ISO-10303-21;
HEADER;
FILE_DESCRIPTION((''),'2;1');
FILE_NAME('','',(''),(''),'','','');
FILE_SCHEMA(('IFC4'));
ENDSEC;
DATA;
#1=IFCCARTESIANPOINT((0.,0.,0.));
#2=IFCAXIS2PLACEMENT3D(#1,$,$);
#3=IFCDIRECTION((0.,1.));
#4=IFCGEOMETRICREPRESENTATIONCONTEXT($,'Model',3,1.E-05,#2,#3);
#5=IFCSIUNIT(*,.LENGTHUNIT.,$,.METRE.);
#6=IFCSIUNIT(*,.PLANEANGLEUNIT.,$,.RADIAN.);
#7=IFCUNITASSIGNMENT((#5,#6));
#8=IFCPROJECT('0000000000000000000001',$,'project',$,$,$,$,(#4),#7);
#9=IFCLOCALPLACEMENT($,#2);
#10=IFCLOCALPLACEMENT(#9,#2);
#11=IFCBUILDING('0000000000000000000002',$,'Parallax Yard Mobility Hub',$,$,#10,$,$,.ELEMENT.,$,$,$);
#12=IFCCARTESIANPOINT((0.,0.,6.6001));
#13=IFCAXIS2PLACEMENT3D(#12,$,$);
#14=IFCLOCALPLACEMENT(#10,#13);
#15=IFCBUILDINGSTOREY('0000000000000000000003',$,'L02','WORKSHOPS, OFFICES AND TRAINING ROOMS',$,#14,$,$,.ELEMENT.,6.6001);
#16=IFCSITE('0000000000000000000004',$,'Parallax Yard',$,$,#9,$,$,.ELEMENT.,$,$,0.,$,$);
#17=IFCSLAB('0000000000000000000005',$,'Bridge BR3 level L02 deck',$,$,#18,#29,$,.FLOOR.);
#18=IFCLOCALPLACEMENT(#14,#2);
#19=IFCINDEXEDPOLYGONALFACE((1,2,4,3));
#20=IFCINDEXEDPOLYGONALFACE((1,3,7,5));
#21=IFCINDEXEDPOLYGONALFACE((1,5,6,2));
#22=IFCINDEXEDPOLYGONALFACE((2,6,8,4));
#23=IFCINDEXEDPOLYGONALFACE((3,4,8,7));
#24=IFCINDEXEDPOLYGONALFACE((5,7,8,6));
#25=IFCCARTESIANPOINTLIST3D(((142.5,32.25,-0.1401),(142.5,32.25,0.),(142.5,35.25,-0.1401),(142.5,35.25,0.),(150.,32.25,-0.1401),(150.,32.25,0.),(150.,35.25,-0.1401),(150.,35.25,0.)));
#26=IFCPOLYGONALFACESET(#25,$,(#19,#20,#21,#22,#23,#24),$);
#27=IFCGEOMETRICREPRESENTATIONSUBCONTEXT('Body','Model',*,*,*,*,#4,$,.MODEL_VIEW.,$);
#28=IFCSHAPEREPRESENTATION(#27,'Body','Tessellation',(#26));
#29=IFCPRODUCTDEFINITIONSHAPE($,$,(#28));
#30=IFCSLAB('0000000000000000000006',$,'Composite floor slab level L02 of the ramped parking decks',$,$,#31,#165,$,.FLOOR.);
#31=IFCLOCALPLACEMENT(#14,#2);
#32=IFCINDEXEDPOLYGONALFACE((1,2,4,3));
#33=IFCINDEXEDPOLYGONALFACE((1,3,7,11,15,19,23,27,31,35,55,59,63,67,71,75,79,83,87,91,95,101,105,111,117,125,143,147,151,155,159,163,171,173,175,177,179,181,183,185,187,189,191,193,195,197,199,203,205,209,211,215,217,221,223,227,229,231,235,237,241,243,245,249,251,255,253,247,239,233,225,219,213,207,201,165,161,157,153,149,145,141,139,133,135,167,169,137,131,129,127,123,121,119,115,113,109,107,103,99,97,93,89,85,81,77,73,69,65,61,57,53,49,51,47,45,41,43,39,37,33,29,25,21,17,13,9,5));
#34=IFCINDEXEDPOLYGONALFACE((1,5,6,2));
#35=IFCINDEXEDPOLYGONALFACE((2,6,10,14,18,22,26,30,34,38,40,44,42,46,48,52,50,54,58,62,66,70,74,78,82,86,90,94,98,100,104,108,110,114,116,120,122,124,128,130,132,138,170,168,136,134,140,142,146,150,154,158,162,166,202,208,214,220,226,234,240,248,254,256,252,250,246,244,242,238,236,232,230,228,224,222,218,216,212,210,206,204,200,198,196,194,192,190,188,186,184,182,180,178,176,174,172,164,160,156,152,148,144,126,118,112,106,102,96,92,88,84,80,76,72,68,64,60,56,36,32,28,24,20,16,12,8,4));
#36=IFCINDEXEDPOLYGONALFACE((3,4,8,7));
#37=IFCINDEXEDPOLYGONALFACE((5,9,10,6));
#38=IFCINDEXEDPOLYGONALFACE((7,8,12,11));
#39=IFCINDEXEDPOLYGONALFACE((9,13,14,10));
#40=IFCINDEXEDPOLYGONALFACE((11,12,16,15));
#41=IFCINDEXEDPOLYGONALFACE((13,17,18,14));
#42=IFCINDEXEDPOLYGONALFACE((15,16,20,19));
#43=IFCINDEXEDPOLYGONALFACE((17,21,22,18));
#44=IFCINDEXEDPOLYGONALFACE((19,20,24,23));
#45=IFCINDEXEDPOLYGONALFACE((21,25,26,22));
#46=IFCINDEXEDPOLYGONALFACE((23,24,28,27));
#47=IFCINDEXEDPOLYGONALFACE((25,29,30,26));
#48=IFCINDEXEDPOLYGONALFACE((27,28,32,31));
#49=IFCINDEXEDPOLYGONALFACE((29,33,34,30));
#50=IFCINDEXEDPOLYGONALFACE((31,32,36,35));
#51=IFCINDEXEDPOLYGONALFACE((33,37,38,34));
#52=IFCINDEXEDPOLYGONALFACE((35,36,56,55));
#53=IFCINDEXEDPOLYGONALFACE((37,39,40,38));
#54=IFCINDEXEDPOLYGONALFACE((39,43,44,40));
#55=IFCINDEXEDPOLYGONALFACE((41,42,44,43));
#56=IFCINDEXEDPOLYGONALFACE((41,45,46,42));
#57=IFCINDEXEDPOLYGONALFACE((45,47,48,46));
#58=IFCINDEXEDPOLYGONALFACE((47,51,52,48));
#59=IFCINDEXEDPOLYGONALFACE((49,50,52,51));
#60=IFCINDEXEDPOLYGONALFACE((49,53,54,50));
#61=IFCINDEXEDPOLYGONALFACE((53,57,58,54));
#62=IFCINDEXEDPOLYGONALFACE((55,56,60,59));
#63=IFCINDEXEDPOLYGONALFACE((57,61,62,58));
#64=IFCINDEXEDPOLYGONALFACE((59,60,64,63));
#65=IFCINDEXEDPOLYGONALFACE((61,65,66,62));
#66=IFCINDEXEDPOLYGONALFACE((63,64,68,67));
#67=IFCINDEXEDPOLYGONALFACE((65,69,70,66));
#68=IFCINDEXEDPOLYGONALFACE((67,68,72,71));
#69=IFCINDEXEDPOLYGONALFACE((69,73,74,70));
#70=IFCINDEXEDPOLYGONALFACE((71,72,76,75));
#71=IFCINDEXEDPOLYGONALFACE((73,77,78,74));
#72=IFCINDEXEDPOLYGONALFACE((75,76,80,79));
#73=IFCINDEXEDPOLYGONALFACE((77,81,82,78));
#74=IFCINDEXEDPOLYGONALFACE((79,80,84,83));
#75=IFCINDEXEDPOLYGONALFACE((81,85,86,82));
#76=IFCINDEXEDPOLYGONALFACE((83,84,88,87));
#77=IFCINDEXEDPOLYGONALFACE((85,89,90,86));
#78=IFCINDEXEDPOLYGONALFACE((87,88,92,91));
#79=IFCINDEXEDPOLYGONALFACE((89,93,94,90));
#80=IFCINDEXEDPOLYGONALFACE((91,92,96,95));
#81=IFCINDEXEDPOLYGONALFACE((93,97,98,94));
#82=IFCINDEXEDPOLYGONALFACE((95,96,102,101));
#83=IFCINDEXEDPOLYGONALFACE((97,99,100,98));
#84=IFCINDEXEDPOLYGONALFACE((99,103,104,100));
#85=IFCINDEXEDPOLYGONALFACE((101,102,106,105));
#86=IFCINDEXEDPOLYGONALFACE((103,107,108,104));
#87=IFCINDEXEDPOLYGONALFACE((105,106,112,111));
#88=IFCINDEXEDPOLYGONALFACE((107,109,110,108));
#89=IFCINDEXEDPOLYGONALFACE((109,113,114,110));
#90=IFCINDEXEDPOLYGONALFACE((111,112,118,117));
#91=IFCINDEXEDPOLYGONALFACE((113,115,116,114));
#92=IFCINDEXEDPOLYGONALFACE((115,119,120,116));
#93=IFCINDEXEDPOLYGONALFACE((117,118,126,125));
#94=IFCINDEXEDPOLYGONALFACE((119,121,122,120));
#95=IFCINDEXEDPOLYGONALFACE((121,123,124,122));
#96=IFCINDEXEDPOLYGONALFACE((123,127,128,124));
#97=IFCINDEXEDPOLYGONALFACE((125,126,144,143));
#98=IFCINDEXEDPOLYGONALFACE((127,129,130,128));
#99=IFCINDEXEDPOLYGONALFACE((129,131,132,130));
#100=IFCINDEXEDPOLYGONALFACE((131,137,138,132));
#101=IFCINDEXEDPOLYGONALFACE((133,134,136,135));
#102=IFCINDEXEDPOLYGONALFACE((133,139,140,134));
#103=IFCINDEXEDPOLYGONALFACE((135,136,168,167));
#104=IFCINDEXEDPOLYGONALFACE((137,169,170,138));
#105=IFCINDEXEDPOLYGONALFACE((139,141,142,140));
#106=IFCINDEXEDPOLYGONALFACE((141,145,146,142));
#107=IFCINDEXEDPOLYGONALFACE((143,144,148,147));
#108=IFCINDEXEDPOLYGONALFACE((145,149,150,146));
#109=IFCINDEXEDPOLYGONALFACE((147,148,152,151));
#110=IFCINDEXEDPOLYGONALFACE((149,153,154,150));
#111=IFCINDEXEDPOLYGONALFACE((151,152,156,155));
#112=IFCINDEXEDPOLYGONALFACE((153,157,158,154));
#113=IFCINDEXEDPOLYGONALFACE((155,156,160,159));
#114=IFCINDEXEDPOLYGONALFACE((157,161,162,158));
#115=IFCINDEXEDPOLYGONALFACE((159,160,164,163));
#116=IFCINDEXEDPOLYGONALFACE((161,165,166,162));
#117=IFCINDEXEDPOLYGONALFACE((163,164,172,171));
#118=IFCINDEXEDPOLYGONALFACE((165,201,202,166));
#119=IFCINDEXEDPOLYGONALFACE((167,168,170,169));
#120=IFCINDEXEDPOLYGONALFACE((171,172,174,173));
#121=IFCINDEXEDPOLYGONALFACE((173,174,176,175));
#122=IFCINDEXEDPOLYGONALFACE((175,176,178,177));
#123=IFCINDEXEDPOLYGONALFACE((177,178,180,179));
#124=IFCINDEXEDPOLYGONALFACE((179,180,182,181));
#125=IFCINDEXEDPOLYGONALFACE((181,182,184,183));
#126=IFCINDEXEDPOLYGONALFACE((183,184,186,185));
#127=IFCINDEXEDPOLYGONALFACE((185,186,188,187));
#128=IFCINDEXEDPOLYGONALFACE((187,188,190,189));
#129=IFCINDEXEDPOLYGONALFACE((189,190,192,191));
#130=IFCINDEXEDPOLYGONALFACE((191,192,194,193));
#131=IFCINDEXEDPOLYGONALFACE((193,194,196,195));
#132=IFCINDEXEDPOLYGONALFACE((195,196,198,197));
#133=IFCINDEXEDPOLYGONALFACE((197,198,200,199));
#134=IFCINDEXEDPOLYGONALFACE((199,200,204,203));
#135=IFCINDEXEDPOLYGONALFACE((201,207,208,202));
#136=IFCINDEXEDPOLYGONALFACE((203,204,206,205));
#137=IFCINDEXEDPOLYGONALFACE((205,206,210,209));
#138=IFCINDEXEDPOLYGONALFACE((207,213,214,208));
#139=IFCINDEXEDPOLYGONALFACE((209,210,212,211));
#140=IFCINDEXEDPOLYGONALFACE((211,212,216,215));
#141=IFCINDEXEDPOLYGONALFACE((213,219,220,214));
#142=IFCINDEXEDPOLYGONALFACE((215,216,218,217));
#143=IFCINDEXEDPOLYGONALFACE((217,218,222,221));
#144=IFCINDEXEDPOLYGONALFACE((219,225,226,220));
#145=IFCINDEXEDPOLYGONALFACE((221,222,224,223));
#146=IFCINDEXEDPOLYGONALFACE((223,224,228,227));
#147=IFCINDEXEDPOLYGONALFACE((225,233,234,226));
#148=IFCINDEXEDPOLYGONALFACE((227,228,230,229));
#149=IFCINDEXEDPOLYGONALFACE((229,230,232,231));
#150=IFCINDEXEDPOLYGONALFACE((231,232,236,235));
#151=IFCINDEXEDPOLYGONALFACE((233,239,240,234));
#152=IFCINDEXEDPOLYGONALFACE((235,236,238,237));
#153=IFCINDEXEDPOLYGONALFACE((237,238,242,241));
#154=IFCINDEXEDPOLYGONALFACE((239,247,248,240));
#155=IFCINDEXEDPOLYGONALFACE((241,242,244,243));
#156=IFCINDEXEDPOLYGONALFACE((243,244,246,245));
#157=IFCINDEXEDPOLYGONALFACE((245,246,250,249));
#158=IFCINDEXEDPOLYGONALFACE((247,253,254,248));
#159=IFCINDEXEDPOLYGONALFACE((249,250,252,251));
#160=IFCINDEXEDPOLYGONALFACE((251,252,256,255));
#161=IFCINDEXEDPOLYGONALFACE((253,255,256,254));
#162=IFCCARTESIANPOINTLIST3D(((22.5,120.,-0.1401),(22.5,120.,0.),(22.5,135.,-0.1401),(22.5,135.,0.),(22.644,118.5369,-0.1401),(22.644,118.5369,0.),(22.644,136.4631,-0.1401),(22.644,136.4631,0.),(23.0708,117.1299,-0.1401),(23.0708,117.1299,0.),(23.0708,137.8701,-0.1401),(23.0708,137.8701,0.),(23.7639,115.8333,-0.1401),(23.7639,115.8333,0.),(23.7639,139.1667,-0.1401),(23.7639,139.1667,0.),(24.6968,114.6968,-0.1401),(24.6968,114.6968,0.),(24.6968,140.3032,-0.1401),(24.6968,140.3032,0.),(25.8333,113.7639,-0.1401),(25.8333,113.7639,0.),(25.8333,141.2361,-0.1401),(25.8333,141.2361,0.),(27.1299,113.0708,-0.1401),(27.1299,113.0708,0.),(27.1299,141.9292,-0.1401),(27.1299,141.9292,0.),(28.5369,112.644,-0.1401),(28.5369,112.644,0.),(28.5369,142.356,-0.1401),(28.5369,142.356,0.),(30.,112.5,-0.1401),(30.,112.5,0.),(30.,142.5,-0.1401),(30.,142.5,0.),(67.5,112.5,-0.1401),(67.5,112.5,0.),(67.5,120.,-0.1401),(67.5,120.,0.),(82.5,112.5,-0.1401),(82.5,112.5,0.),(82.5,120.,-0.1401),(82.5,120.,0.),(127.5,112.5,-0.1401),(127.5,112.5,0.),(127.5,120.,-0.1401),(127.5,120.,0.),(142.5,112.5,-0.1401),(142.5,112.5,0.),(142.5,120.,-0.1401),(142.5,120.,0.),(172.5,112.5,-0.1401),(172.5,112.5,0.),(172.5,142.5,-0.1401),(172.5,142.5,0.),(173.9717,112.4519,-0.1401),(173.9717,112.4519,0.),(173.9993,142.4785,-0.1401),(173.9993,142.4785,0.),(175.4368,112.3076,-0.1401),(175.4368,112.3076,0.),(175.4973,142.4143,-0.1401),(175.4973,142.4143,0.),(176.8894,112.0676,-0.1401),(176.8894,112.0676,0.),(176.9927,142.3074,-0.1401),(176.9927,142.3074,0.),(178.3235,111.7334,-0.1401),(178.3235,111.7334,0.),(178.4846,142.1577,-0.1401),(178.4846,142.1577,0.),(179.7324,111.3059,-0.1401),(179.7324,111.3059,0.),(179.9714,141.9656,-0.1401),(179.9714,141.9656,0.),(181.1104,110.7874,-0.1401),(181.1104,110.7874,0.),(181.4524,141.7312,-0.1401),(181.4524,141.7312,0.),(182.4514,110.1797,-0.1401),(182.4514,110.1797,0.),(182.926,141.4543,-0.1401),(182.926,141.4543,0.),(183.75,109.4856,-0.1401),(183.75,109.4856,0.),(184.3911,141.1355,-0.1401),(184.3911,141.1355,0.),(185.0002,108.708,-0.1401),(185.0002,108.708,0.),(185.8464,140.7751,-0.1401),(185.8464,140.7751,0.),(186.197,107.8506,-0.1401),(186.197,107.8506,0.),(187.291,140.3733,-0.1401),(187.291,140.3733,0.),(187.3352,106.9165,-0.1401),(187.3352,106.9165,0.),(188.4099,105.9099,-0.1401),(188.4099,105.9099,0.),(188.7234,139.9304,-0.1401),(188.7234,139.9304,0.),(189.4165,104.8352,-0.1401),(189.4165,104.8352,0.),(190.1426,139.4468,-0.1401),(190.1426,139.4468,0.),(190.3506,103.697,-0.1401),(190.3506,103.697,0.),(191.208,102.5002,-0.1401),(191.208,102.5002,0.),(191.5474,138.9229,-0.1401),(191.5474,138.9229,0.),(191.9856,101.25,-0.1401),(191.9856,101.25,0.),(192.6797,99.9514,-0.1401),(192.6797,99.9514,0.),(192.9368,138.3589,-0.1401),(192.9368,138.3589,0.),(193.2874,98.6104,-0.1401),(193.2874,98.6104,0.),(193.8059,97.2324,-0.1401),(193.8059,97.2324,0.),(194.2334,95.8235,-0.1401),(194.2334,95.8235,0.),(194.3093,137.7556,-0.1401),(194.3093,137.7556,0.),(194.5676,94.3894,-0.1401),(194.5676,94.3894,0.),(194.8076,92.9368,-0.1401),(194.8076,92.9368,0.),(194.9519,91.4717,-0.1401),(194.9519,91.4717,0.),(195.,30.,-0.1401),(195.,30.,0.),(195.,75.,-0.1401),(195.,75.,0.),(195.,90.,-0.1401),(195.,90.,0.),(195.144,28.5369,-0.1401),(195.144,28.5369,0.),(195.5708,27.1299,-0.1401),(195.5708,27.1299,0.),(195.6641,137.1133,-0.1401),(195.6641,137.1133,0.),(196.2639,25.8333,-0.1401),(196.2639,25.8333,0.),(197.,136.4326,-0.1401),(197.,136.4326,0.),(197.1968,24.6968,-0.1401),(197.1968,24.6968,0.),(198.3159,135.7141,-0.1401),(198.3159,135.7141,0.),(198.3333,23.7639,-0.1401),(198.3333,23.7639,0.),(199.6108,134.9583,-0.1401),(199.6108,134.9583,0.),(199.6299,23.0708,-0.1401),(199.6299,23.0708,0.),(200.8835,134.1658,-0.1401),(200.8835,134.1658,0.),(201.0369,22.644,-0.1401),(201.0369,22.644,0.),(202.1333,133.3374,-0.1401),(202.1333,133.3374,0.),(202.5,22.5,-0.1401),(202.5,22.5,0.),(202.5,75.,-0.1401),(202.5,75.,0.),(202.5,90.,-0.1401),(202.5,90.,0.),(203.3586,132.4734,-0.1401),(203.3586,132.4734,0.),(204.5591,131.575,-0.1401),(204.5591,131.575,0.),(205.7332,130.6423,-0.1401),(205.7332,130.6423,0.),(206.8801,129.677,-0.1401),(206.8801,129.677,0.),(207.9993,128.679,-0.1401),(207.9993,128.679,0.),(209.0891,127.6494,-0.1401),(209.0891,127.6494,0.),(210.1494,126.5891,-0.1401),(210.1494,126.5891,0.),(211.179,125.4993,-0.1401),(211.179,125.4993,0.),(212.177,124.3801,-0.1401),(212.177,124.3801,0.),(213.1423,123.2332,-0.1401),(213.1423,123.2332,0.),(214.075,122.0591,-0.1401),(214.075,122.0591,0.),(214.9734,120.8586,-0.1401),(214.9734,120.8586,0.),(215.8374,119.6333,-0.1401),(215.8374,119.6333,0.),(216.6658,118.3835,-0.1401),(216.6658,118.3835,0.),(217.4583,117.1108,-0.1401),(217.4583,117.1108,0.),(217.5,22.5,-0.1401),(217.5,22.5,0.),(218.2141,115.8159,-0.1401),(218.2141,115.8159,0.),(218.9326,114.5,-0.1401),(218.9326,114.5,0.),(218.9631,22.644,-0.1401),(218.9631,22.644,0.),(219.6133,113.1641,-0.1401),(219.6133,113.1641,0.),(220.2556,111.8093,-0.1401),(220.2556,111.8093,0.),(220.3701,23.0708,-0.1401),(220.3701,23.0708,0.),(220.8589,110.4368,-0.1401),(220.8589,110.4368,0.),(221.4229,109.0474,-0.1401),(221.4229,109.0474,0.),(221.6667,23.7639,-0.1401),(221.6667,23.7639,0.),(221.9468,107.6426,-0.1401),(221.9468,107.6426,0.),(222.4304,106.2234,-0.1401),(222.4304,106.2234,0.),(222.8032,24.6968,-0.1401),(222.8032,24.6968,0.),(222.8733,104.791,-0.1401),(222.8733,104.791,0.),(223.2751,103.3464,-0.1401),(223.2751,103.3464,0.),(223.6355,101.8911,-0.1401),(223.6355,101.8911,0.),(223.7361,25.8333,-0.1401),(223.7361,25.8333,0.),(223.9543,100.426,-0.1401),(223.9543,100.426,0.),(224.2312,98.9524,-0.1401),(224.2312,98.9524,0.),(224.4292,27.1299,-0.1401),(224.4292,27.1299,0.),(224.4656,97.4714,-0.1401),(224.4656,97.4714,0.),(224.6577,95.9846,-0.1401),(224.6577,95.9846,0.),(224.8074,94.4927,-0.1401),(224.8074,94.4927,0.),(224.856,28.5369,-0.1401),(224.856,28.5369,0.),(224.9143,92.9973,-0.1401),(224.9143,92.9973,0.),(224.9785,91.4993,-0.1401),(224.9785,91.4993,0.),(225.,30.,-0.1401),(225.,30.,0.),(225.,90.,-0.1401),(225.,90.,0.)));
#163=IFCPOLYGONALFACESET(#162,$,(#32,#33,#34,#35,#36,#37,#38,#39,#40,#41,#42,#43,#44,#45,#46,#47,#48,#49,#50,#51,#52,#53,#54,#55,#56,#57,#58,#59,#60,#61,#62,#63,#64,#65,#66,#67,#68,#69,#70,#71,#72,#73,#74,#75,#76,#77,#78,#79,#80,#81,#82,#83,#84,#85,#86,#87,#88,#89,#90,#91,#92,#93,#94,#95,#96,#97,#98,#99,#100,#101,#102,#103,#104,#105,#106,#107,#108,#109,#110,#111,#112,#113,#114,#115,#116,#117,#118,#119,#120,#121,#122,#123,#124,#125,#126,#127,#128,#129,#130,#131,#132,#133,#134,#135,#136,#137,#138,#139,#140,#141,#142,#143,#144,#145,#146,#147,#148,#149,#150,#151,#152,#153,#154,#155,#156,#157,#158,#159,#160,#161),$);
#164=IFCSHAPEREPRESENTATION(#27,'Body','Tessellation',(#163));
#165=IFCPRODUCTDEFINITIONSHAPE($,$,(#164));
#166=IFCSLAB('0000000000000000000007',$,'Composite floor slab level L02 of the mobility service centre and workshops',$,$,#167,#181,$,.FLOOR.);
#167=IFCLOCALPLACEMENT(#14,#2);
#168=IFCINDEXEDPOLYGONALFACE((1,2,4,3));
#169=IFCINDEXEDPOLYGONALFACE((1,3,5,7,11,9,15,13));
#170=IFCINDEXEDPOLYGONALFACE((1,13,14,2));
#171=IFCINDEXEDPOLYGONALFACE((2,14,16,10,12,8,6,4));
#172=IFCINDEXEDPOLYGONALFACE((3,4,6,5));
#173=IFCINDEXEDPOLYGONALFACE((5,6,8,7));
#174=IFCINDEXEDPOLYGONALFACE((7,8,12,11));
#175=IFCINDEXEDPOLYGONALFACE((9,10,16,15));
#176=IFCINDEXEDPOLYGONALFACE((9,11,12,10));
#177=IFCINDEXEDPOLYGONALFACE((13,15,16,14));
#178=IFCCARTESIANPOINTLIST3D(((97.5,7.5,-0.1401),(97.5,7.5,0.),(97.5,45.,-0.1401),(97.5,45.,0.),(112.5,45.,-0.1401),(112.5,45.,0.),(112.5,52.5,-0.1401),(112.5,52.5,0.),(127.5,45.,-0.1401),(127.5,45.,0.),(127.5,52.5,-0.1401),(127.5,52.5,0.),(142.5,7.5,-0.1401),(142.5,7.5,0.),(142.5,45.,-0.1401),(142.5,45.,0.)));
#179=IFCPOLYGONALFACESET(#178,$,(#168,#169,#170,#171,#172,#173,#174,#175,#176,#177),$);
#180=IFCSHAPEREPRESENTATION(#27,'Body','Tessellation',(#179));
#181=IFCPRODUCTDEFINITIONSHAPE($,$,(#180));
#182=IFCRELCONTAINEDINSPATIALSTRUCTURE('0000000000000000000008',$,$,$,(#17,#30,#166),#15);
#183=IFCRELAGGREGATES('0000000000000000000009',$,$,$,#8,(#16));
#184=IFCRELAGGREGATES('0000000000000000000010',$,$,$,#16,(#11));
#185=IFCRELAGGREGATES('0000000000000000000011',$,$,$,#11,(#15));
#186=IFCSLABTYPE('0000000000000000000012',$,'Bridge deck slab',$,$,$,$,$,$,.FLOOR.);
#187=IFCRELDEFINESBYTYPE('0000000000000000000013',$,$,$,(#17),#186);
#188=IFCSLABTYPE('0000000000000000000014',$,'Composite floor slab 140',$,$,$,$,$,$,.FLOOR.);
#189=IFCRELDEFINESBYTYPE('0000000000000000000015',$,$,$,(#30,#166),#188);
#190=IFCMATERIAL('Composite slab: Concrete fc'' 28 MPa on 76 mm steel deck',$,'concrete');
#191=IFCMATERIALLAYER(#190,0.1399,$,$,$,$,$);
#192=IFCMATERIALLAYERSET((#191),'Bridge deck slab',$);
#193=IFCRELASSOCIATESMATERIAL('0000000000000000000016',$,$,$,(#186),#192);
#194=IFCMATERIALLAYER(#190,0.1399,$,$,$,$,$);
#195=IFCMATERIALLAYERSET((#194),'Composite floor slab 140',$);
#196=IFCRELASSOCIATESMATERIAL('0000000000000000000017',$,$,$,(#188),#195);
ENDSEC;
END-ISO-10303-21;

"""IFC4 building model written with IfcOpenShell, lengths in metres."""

from ifc_helpers import new_model, si_unit, direction, frame, origin, place, context, subcontext, project, spatial, polyline, outline, extrude, material, layer, layer_set, type_object, element, save


model = new_model("IFC4")

# Units and contexts
model_context = context("Model", 3, precision=1e-05, world=origin(), true_north=direction((0.0, 1.0)))
body_context = subcontext(model_context, "Body", "Model", "MODEL_VIEW")
ifc_project = project(units=[si_unit("LENGTHUNIT", "METRE"), si_unit("PLANEANGLEUNIT", "RADIAN")], contexts=[model_context])

# Site, building, storey
site_placement = place(None, origin())
site = spatial("IfcSite", under=ifc_project, at=site_placement, Name="Parallax Yard", CompositionType="ELEMENT", RefElevation=0.0)
building_placement = place(site_placement, origin())
building = spatial("IfcBuilding", under=site, at=building_placement, Name="Parallax Yard Mobility Hub", CompositionType="ELEMENT")
storey_placement = place(building_placement, frame((0.0, 0.0, 6.6001)))
storey = spatial("IfcBuildingStorey", under=building, at=storey_placement, Name="L02", Description="WORKSHOPS, OFFICES AND TRAINING ROOMS", CompositionType="ELEMENT", Elevation=6.6001)

# Slabs
ifc_material_1 = material(Name="Composite slab: Concrete fc' 28 MPa on 76 mm steel deck", Category="concrete")
ifc_layer_1 = layer(ifc_material_1, 0.1399)
ifc_layer_set_1 = layer_set([ifc_layer_1], Name="Bridge deck slab")
slab_type_1 = type_object("IfcSlabType", Name="Bridge deck slab", PredefinedType="FLOOR", material=ifc_layer_set_1)
slab_1_placement = place(storey_placement, frame((0.0, 0.0, -0.1401)))
element("IfcSlab", 1, at=slab_1_placement, inside=storey, type_object=slab_type_1, Name="Bridge BR3 level L02 deck", PredefinedType="FLOOR", context=body_context, shape_type="SweptSolid", body=[
    extrude(outline(polyline([(142.5, 32.25), (150.0, 32.25), (150.0, 35.25), (142.5, 35.25), (142.5, 32.25)])), origin(), (0.0, 0.0, 1.0), 0.1401),
])
ifc_layer_2 = layer(ifc_material_1, 0.1399)
ifc_layer_set_2 = layer_set([ifc_layer_2], Name="Composite floor slab 140")
slab_type_2 = type_object("IfcSlabType", Name="Composite floor slab 140", PredefinedType="FLOOR", material=ifc_layer_set_2)
slab_2_placement = place(storey_placement, frame((0.0, 0.0, -0.1401)))
element("IfcSlab", 2, at=slab_2_placement, inside=storey, type_object=slab_type_2, Name="Composite floor slab level L02 of the ramped parking decks", PredefinedType="FLOOR", context=body_context, shape_type="SweptSolid", body=[
    extrude(outline(polyline([(25.8333, 141.2361), (24.6968, 140.3032), (23.7639, 139.1667), (23.0708, 137.8701), (22.644, 136.4631), (22.5, 135.0), (22.5, 120.0), (22.644, 118.5369), (23.0708, 117.1299), (23.7639, 115.8333), (24.6968, 114.6968), (25.8333, 113.7639), (27.1299, 113.0708), (28.5369, 112.644), (30.0, 112.5), (67.5, 112.5), (67.5, 120.0), (82.5, 120.0), (82.5, 112.5), (127.5, 112.5), (127.5, 120.0), (142.5, 120.0), (142.5, 112.5), (172.5, 112.5), (173.9717, 112.4519), (175.4368, 112.3076), (176.8894, 112.0676), (178.3235, 111.7334), (179.7324, 111.3059), (181.1104, 110.7874), (182.4514, 110.1797), (183.75, 109.4856), (185.0002, 108.708), (186.197, 107.8506), (187.3352, 106.9165), (188.4099, 105.9099), (189.4165, 104.8352), (190.3506, 103.697), (191.208, 102.5002), (191.9856, 101.25), (192.6797, 99.9514), (193.2874, 98.6104), (193.8059, 97.2324), (194.2334, 95.8235), (194.5676, 94.3894), (194.8076, 92.9368), (194.9519, 91.4717), (195.0, 90.0), (202.5, 90.0), (202.5, 75.0), (195.0, 75.0), (195.0, 30.0), (195.144, 28.5369), (195.5708, 27.1299), (196.2639, 25.8333), (197.1968, 24.6968), (198.3333, 23.7639), (199.6299, 23.0708), (201.0369, 22.644), (202.5, 22.5), (217.5, 22.5), (218.9631, 22.644), (220.3701, 23.0708), (221.6667, 23.7639), (222.8032, 24.6968), (223.7361, 25.8333), (224.4292, 27.1299), (224.856, 28.5369), (225.0, 30.0), (225.0, 90.0), (224.9785, 91.4993), (224.9143, 92.9973), (224.8074, 94.4927), (224.6577, 95.9846), (224.4656, 97.4714), (224.2312, 98.9524), (223.9543, 100.426), (223.6355, 101.8911), (223.2751, 103.3464), (222.8733, 104.791), (222.4304, 106.2234), (221.9468, 107.6426), (221.4229, 109.0474), (220.8589, 110.4368), (220.2556, 111.8093), (219.6133, 113.1641), (218.9326, 114.5), (218.2141, 115.8159), (217.4583, 117.1108), (216.6658, 118.3835), (215.8374, 119.6333), (214.9734, 120.8586), (214.075, 122.0591), (213.1423, 123.2332), (212.177, 124.3801), (211.179, 125.4993), (210.1494, 126.5891), (209.0891, 127.6494), (207.9993, 128.679), (206.8801, 129.677), (205.7332, 130.6423), (204.5591, 131.575), (203.3586, 132.4734), (202.1333, 133.3374), (200.8835, 134.1658), (199.6108, 134.9583), (198.3159, 135.7141), (197.0, 136.4326), (195.6641, 137.1133), (194.3093, 137.7556), (192.9368, 138.3589), (191.5474, 138.9229), (190.1426, 139.4468), (188.7234, 139.9304), (187.291, 140.3733), (185.8464, 140.7751), (184.3911, 141.1355), (182.926, 141.4543), (181.4524, 141.7312), (179.9714, 141.9656), (178.4846, 142.1577), (176.9927, 142.3074), (175.4973, 142.4143), (173.9993, 142.4785), (172.5, 142.5), (30.0, 142.5), (28.5369, 142.356), (27.1299, 141.9292), (25.8333, 141.2361)])), origin(), (0.0, 0.0, 1.0), 0.1401),
])
slab_3_placement = place(storey_placement, frame((0.0, 0.0, -0.1401)))
element("IfcSlab", 3, at=slab_3_placement, inside=storey, type_object=slab_type_2, Name="Composite floor slab level L02 of the mobility service centre and workshops", PredefinedType="FLOOR", context=body_context, shape_type="SweptSolid", body=[
    extrude(outline(polyline([(142.5, 7.5), (142.5, 45.0), (127.5, 45.0), (127.5, 52.5), (112.5, 52.5), (112.5, 45.0), (97.5, 45.0), (97.5, 7.5), (142.5, 7.5)])), origin(), (0.0, 0.0, 1.0), 0.1401),
])

save(model, "model.ifc")
